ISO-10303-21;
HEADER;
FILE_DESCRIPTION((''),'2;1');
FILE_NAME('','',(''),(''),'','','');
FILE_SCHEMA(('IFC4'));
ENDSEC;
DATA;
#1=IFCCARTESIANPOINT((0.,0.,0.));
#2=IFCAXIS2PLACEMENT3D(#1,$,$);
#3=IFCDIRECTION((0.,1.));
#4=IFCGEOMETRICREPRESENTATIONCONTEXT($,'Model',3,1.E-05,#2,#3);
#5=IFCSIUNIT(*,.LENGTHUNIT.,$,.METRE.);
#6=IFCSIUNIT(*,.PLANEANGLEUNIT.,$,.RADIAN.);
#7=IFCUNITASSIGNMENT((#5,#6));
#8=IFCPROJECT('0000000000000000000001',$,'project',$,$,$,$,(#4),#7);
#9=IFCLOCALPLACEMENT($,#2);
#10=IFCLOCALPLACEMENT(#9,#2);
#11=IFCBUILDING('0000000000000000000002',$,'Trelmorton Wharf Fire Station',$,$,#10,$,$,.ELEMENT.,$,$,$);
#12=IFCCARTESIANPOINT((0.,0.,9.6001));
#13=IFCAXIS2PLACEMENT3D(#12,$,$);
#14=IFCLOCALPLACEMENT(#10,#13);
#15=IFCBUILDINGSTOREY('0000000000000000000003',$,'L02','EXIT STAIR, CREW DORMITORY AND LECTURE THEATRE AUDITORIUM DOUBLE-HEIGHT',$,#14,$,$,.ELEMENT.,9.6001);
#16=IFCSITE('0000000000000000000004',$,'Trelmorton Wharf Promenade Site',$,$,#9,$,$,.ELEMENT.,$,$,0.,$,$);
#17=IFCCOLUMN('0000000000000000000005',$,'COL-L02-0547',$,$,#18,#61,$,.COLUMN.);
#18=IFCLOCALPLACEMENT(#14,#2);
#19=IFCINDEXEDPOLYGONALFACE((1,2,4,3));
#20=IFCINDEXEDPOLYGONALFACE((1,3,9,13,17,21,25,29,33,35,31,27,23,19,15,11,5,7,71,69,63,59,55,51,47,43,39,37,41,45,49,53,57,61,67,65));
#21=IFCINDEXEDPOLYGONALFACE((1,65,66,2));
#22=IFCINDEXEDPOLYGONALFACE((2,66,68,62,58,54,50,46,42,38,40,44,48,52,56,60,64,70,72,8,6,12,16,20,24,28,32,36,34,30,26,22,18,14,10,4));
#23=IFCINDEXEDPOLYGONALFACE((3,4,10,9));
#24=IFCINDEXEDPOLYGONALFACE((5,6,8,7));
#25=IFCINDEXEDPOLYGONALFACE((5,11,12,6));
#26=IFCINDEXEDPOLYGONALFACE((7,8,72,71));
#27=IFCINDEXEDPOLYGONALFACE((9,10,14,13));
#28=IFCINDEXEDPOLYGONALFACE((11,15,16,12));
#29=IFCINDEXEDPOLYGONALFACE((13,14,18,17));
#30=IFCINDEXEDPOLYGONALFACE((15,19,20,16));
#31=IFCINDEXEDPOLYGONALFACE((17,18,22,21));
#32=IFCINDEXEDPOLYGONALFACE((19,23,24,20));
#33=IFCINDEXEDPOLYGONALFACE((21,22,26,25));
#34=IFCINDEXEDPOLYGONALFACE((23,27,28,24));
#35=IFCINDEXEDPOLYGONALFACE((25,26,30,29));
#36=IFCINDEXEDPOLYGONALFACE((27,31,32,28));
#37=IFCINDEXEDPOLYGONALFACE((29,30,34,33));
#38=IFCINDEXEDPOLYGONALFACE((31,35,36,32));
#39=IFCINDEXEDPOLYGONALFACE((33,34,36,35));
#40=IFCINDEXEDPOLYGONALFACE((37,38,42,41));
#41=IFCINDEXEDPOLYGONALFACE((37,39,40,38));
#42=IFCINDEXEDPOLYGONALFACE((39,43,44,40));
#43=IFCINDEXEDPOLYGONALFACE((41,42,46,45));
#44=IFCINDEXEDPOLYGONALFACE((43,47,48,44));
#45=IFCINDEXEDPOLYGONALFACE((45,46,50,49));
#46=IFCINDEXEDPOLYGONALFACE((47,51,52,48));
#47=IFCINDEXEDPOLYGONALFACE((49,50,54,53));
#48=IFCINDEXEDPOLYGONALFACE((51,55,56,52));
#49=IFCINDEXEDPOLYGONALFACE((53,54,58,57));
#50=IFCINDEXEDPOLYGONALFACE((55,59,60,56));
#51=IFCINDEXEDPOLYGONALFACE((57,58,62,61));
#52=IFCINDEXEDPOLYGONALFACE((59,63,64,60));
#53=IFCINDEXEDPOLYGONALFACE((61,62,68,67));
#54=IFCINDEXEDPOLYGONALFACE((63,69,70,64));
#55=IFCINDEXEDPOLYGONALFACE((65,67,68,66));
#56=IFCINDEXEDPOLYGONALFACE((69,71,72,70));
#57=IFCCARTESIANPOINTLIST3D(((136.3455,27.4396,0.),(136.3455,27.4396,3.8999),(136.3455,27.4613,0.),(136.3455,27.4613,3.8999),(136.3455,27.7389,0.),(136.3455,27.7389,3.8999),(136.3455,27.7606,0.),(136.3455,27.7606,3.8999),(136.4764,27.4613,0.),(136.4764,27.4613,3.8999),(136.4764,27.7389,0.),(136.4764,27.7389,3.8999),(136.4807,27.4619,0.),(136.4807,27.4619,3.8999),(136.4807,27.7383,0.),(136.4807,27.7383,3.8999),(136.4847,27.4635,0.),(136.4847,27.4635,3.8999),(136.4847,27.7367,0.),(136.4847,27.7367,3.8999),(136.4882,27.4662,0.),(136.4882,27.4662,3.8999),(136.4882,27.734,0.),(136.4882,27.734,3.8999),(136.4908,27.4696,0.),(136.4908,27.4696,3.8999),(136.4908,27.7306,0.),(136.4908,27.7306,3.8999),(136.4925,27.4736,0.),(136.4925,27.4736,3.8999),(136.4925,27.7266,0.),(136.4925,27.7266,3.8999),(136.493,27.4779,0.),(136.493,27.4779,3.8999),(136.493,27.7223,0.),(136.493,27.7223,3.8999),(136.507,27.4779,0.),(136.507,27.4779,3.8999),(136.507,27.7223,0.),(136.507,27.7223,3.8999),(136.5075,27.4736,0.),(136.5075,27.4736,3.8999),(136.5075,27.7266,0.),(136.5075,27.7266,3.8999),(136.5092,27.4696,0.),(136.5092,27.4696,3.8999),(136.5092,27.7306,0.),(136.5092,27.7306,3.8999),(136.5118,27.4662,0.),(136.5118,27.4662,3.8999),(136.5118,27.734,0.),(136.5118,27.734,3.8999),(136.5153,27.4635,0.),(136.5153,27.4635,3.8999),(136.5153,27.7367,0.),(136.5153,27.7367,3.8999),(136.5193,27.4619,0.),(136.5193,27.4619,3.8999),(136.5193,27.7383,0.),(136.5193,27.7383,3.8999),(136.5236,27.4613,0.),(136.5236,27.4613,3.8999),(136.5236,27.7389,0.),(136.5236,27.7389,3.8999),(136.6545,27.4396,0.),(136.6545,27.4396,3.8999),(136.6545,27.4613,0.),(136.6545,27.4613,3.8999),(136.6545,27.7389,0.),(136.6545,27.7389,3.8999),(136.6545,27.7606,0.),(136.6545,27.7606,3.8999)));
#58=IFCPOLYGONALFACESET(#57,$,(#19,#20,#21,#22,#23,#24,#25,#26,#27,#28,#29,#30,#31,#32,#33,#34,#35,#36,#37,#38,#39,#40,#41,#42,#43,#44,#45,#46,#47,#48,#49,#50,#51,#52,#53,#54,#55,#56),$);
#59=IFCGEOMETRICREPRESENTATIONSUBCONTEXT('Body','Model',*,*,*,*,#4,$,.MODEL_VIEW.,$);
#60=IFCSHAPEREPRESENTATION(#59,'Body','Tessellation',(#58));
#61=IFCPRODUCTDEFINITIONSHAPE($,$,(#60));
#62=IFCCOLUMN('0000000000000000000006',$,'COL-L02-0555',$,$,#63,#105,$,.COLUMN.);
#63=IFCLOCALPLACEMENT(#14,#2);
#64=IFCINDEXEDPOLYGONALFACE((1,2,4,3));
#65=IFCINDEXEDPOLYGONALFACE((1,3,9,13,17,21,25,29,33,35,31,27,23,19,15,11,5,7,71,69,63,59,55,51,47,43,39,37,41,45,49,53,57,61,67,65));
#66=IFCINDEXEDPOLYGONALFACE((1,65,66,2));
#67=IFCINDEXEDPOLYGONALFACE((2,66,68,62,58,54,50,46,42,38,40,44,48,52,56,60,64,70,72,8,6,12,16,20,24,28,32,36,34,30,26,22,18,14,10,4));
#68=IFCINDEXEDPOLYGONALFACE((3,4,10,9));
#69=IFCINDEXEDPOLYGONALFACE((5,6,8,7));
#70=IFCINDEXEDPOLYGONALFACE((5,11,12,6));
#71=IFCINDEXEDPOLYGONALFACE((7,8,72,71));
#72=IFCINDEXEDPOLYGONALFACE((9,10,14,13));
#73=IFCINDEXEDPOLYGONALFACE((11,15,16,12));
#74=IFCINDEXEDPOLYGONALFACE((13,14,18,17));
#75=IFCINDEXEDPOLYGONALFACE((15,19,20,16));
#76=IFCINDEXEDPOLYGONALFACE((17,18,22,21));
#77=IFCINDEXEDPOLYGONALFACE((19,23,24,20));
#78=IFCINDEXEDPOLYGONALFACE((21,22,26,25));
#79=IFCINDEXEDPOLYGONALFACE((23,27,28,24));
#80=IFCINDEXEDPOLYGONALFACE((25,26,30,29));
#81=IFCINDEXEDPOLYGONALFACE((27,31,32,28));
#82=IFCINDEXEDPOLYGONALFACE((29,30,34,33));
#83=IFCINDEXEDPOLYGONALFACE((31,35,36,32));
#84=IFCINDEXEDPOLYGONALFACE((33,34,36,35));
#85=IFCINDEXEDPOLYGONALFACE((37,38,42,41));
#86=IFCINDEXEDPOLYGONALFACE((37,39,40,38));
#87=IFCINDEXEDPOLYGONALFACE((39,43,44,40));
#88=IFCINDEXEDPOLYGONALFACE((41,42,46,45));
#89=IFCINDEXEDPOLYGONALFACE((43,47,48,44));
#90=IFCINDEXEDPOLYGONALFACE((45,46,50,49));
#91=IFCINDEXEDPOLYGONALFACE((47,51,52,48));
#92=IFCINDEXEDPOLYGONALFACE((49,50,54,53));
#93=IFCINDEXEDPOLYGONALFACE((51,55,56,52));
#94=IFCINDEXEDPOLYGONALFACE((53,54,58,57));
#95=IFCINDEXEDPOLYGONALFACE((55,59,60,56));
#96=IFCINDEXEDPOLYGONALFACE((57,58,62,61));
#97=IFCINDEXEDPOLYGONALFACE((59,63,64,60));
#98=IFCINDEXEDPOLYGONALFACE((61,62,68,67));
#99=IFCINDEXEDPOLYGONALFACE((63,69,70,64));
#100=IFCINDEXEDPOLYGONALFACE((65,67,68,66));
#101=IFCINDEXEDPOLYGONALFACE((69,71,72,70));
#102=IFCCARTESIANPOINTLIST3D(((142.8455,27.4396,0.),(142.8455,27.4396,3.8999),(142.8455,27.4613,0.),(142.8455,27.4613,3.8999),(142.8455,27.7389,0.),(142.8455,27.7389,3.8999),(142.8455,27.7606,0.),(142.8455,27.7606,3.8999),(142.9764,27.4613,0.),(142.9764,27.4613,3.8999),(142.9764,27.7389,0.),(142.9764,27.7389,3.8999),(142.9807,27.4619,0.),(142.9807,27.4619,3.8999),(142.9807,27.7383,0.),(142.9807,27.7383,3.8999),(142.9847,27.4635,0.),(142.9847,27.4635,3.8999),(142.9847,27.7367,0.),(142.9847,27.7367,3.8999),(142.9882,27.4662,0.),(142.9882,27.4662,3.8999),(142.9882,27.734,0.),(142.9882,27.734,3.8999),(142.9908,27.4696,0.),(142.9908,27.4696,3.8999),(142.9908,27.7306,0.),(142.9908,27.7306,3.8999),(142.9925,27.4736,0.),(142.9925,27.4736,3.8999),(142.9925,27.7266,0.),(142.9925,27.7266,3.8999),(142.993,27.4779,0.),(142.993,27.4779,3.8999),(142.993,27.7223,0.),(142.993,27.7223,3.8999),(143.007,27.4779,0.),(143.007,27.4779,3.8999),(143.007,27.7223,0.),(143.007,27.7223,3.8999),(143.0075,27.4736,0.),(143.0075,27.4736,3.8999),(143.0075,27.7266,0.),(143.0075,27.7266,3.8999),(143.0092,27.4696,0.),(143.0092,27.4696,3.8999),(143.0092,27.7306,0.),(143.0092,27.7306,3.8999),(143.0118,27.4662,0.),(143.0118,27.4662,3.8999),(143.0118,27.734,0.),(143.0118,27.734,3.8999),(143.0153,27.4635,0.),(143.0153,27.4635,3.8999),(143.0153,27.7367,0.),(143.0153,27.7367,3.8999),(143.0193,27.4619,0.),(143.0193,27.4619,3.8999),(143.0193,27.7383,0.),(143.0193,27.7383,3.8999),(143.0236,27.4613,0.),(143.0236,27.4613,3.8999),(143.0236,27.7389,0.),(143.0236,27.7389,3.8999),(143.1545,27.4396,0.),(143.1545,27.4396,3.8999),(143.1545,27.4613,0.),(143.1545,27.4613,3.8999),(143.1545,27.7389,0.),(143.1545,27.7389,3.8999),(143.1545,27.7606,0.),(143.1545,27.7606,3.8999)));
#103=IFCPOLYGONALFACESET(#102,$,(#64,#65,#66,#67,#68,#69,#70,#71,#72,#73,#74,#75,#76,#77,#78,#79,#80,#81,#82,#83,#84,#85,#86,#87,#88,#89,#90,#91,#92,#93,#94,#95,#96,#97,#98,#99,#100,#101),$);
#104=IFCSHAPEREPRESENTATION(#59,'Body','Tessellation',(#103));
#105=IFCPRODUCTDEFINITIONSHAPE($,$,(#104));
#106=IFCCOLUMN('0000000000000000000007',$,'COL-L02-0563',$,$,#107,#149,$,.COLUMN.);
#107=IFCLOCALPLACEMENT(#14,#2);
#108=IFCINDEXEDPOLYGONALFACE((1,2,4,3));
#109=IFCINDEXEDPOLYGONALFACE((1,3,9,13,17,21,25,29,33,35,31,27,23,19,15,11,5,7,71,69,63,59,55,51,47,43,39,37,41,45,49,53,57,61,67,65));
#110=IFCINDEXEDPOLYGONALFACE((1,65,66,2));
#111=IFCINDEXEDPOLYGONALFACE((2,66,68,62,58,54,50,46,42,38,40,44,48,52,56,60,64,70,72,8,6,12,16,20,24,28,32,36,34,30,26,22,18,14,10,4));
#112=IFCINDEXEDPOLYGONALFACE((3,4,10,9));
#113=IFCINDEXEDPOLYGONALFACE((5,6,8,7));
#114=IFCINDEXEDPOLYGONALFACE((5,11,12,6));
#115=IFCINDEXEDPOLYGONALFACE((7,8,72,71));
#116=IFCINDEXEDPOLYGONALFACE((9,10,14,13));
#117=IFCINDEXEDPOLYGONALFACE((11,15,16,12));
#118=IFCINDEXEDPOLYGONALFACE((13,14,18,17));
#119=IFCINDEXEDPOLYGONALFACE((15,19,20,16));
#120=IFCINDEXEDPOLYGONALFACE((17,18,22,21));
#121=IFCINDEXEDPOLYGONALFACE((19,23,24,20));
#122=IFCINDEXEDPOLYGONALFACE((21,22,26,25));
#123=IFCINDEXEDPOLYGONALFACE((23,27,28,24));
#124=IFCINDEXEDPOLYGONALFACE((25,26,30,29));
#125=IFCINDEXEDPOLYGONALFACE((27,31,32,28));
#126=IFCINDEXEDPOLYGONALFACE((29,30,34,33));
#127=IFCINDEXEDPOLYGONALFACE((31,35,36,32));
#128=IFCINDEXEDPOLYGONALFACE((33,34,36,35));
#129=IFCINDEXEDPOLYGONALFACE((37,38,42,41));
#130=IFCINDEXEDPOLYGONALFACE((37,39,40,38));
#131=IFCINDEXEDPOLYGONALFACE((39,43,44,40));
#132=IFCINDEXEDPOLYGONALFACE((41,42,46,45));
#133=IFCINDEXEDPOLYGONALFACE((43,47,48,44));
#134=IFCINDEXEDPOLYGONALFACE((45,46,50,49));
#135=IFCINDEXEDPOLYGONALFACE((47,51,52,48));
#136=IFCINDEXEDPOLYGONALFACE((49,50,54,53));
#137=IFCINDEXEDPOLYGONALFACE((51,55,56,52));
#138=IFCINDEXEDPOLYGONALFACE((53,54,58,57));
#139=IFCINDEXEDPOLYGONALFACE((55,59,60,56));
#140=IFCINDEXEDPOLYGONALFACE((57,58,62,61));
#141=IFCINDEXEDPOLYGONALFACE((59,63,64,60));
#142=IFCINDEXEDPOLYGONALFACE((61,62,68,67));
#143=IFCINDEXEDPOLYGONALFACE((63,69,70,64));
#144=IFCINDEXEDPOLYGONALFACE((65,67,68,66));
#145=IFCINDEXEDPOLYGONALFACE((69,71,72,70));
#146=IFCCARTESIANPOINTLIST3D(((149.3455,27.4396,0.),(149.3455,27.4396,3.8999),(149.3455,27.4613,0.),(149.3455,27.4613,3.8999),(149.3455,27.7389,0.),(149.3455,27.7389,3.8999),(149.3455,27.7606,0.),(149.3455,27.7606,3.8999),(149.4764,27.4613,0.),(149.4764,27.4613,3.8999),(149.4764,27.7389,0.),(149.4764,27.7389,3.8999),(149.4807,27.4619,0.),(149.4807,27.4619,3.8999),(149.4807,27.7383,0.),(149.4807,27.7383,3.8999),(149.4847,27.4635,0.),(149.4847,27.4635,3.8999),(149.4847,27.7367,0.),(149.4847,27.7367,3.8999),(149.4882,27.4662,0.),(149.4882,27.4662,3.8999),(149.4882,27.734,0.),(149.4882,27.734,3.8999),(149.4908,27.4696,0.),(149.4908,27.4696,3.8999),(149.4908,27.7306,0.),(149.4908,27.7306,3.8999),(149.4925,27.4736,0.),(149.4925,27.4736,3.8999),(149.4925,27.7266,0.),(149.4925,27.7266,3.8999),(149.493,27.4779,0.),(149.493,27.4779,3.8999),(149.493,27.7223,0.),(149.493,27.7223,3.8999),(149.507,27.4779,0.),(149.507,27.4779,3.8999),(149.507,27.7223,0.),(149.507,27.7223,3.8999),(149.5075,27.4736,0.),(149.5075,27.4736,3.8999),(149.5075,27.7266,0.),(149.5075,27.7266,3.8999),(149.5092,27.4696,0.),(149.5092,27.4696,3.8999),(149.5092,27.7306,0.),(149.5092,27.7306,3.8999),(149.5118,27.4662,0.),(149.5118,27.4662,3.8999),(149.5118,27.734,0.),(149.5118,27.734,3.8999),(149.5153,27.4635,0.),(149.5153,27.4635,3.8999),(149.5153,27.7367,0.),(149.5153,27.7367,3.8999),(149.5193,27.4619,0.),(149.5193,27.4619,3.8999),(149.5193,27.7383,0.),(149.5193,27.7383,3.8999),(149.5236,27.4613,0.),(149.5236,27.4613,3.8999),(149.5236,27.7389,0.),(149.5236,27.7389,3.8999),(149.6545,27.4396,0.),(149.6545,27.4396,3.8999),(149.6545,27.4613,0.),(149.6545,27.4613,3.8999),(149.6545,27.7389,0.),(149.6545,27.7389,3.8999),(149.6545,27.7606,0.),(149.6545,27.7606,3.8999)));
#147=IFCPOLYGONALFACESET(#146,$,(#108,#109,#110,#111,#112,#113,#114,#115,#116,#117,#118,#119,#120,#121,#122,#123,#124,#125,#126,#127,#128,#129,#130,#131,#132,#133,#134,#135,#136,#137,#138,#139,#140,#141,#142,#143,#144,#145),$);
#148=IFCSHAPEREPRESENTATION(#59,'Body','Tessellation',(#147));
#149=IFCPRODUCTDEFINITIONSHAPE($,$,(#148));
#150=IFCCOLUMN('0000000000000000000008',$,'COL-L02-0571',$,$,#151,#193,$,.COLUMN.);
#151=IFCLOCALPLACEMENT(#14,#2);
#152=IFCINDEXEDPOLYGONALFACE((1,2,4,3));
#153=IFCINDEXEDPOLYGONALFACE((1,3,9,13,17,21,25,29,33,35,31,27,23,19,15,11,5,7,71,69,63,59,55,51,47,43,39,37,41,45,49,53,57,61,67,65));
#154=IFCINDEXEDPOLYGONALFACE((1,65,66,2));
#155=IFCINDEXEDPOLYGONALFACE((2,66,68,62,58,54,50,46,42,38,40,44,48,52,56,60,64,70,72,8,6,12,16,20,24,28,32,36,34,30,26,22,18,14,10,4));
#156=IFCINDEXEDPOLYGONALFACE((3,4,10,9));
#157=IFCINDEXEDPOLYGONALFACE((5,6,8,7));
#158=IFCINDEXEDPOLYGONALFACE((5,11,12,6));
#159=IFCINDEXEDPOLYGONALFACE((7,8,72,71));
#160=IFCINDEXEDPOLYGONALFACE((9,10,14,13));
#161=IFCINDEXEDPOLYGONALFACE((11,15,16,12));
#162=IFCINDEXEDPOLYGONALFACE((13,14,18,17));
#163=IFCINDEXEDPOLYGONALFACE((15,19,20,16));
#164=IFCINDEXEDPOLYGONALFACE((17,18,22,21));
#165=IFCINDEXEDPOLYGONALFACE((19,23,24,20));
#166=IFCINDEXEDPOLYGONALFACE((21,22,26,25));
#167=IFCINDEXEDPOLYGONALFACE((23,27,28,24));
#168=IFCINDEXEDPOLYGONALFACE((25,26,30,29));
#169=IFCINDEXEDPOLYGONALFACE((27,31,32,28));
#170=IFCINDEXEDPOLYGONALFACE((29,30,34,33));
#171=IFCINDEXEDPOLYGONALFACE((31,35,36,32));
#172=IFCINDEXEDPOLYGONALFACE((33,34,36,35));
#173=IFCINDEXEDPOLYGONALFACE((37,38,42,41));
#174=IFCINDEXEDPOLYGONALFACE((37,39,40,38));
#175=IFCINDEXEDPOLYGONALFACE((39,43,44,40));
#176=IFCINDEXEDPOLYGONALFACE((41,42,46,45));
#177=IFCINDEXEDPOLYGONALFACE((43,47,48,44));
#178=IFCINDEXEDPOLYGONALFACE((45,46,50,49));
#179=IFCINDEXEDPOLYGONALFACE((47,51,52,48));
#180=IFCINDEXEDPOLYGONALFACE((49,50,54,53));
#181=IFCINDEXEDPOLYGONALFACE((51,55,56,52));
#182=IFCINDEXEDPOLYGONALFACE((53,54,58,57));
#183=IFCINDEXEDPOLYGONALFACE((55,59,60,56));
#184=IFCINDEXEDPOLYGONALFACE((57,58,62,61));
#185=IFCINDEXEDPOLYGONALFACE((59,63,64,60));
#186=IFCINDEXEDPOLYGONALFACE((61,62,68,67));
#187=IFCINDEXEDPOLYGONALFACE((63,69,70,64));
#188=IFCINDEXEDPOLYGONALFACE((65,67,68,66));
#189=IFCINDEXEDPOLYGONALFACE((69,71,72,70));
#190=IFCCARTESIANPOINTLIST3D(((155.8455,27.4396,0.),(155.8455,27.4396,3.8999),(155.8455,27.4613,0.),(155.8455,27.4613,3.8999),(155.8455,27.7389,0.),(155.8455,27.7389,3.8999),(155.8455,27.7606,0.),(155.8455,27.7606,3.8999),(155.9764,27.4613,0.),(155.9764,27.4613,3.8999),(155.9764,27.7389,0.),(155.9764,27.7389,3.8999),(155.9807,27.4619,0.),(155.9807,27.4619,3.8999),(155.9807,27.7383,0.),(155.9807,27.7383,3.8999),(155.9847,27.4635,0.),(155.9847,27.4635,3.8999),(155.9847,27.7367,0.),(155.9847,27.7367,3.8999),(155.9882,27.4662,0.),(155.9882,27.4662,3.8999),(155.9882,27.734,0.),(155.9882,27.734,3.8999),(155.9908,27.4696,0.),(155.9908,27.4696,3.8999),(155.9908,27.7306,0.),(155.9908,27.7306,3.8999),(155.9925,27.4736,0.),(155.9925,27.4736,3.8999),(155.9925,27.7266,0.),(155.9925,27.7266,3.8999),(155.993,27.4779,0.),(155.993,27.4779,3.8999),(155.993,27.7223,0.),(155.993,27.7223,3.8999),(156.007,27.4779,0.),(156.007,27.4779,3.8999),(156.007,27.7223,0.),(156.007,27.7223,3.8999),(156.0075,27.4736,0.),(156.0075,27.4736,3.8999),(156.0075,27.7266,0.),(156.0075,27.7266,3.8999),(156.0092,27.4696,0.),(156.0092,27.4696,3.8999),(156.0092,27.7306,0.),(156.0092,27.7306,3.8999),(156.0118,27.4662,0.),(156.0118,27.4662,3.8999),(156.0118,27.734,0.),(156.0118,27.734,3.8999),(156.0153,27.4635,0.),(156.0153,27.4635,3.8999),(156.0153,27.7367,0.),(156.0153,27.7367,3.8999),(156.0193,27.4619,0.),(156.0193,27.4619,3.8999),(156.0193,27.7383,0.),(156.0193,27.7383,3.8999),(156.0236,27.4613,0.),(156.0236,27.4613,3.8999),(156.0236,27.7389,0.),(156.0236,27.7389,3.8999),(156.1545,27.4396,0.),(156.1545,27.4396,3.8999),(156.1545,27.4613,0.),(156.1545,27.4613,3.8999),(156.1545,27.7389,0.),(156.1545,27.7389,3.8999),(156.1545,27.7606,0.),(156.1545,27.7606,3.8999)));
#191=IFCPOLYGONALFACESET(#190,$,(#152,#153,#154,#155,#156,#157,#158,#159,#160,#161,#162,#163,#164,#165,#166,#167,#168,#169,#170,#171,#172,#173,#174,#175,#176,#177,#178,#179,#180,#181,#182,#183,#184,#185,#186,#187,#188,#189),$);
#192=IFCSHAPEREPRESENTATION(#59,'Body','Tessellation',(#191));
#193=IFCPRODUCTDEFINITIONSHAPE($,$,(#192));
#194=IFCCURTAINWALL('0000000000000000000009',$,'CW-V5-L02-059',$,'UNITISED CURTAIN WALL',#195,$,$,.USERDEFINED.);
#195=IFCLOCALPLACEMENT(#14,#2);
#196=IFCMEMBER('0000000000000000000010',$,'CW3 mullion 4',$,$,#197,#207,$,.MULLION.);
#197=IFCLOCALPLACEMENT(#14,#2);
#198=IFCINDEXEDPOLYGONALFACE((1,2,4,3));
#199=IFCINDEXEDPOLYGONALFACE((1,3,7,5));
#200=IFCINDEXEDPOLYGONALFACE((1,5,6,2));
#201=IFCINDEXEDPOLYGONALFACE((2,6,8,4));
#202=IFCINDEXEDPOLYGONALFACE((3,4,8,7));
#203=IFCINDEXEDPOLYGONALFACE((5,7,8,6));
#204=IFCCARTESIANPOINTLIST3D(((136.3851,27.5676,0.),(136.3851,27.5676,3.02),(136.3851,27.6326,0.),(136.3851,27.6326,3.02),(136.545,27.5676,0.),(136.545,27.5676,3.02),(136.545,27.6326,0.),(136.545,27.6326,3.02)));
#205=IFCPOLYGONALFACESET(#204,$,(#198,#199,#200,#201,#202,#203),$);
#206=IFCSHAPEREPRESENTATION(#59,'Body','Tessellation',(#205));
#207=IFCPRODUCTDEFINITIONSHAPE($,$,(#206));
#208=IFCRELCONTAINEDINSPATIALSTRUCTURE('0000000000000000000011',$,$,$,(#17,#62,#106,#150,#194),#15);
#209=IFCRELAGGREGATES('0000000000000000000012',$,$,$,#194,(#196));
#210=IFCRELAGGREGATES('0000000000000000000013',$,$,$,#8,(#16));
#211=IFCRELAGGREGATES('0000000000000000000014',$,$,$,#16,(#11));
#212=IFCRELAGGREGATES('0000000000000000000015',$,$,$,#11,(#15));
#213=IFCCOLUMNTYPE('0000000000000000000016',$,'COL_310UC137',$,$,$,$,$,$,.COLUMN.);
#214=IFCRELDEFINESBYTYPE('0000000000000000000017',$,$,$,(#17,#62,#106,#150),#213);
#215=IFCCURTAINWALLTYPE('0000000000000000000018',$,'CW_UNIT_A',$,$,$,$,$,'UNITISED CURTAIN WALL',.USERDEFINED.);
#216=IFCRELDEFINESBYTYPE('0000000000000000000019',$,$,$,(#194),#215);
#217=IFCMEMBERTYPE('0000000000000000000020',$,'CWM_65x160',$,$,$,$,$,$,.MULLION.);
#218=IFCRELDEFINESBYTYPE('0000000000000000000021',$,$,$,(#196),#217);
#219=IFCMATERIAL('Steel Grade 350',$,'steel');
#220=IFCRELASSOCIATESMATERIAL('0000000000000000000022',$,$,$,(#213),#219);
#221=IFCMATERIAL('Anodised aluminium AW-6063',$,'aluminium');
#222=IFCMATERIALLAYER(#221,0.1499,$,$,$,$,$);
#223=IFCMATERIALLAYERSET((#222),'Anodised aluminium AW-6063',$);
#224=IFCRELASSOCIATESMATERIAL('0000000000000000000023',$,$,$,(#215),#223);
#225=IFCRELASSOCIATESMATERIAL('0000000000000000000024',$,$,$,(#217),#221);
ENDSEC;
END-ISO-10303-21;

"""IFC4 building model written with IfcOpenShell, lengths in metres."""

from ifc_helpers import new_model, si_unit, direction, frame, origin, origin_2d, place, context, subcontext, project, spatial, rectangle, i_section, extrude, material, layer, layer_set, material_profile, profile_set, type_object, element, aggregate, save


model = new_model("IFC4")

# Units and contexts
model_context = context("Model", 3, precision=1e-05, world=origin(), true_north=direction((0.0, 1.0)))
body_context = subcontext(model_context, "Body", "Model", "MODEL_VIEW")
ifc_project = project(units=[si_unit("LENGTHUNIT", "METRE"), si_unit("PLANEANGLEUNIT", "RADIAN")], contexts=[model_context])

# Site, building, storey
site_placement = place(None, origin())
site = spatial("IfcSite", under=ifc_project, at=site_placement, Name="Trelmorton Wharf Promenade Site", CompositionType="ELEMENT", RefElevation=0.0)
building_placement = place(site_placement, origin())
building = spatial("IfcBuilding", under=site, at=building_placement, Name="Trelmorton Wharf Fire Station", CompositionType="ELEMENT")
storey_placement = place(building_placement, frame((0.0, 0.0, 9.6001)))
storey = spatial("IfcBuildingStorey", under=building, at=storey_placement, Name="L02", Description="EXIT STAIR, CREW DORMITORY AND LECTURE THEATRE AUDITORIUM DOUBLE-HEIGHT", CompositionType="ELEMENT", Elevation=9.6001)

# Columns
ifc_material_1 = material(Name="Steel Grade 350", Category="steel")
ifc_material_profile_1 = material_profile(ifc_material_1, i_section(OverallWidth=0.3091, OverallDepth=0.321, WebThickness=0.0139, FlangeThickness=0.0217, FilletRadius=0.0166, at=origin_2d()), Name="310UC137")
ifc_profile_set_1 = profile_set([ifc_material_profile_1], Name="Steel Grade 350")
column_type = type_object("IfcColumnType", Name="COL_310UC137", PredefinedType="COLUMN", material=ifc_profile_set_1)
for number, where, z_axis, x_axis, name in (
    (1, (136.5, 27.6001, 0.0), (0.0, 0.0, 1.0), (1.0, 0.0, 0.0), "COL-L02-0547"),
    (2, (143.0, 27.6001, 0.0), (0.0, 0.0, 1.0), (1.0, 0.0, 0.0), "COL-L02-0555"),
    (3, (149.5, 27.6001, 0.0), (0.0, 0.0, 1.0), (1.0, 0.0, 0.0), "COL-L02-0563"),
    (4, (156.0, 27.6001, 0.0), (0.0, 0.0, 1.0), (1.0, 0.0, 0.0), "COL-L02-0571"),
):
    element("IfcColumn", number, at=place(storey_placement, frame(where, z_axis=z_axis, x_axis=x_axis)), inside=storey, type_object=column_type, Name=name, PredefinedType="COLUMN", context=body_context, shape_type="SweptSolid", body=[
        extrude(i_section(OverallWidth=0.3091, OverallDepth=0.321, WebThickness=0.0139, FlangeThickness=0.0217, FilletRadius=0.0166, at=origin_2d()), origin(), (0.0, 0.0, 1.0), 3.8999),
    ])

# Curtain wall, member
ifc_material_2 = material(Name="Anodised aluminium AW-6063", Category="aluminium")
ifc_layer_1 = layer(ifc_material_2, 0.1499)
ifc_layer_set_1 = layer_set([ifc_layer_1], Name="Anodised aluminium AW-6063")
curtain_wall_type = type_object("IfcCurtainWallType", Name="CW_UNIT_A", ElementType="UNITISED CURTAIN WALL", PredefinedType="USERDEFINED", material=ifc_layer_set_1)
curtain_wall_1_placement = place(storey_placement, origin())
curtain_wall_1 = element("IfcCurtainWall", 5, at=curtain_wall_1_placement, inside=storey, type_object=curtain_wall_type, Name="CW-V5-L02-059", ObjectType="UNITISED CURTAIN WALL", PredefinedType="USERDEFINED")
ifc_material_profile_2 = material_profile(ifc_material_2, rectangle(XDim=0.0649, YDim=0.1599, at=origin_2d()), Name="ALU-65x160")
ifc_profile_set_2 = profile_set([ifc_material_profile_2], Name="Anodised aluminium AW-6063")
member_type_1 = type_object("IfcMemberType", Name="CWM_65x160", PredefinedType="MULLION", material=ifc_profile_set_2)
member_1_placement = place(storey_placement, frame((136.4651, 27.6001, 0.0), z_axis=(0.0, 0.0, 1.0), x_axis=(0.0, 1.0, 0.0)))
member_1 = element("IfcMember", 6, at=member_1_placement, type_object=member_type_1, Name="CW3 mullion 4", PredefinedType="MULLION", context=body_context, shape_type="SweptSolid", body=[
    extrude(rectangle(XDim=0.0649, YDim=0.1599, at=origin_2d()), origin(), (0.0, 0.0, 1.0), 3.02),
])

aggregate(curtain_wall_1, [member_1])

save(model, "model.ifc")
